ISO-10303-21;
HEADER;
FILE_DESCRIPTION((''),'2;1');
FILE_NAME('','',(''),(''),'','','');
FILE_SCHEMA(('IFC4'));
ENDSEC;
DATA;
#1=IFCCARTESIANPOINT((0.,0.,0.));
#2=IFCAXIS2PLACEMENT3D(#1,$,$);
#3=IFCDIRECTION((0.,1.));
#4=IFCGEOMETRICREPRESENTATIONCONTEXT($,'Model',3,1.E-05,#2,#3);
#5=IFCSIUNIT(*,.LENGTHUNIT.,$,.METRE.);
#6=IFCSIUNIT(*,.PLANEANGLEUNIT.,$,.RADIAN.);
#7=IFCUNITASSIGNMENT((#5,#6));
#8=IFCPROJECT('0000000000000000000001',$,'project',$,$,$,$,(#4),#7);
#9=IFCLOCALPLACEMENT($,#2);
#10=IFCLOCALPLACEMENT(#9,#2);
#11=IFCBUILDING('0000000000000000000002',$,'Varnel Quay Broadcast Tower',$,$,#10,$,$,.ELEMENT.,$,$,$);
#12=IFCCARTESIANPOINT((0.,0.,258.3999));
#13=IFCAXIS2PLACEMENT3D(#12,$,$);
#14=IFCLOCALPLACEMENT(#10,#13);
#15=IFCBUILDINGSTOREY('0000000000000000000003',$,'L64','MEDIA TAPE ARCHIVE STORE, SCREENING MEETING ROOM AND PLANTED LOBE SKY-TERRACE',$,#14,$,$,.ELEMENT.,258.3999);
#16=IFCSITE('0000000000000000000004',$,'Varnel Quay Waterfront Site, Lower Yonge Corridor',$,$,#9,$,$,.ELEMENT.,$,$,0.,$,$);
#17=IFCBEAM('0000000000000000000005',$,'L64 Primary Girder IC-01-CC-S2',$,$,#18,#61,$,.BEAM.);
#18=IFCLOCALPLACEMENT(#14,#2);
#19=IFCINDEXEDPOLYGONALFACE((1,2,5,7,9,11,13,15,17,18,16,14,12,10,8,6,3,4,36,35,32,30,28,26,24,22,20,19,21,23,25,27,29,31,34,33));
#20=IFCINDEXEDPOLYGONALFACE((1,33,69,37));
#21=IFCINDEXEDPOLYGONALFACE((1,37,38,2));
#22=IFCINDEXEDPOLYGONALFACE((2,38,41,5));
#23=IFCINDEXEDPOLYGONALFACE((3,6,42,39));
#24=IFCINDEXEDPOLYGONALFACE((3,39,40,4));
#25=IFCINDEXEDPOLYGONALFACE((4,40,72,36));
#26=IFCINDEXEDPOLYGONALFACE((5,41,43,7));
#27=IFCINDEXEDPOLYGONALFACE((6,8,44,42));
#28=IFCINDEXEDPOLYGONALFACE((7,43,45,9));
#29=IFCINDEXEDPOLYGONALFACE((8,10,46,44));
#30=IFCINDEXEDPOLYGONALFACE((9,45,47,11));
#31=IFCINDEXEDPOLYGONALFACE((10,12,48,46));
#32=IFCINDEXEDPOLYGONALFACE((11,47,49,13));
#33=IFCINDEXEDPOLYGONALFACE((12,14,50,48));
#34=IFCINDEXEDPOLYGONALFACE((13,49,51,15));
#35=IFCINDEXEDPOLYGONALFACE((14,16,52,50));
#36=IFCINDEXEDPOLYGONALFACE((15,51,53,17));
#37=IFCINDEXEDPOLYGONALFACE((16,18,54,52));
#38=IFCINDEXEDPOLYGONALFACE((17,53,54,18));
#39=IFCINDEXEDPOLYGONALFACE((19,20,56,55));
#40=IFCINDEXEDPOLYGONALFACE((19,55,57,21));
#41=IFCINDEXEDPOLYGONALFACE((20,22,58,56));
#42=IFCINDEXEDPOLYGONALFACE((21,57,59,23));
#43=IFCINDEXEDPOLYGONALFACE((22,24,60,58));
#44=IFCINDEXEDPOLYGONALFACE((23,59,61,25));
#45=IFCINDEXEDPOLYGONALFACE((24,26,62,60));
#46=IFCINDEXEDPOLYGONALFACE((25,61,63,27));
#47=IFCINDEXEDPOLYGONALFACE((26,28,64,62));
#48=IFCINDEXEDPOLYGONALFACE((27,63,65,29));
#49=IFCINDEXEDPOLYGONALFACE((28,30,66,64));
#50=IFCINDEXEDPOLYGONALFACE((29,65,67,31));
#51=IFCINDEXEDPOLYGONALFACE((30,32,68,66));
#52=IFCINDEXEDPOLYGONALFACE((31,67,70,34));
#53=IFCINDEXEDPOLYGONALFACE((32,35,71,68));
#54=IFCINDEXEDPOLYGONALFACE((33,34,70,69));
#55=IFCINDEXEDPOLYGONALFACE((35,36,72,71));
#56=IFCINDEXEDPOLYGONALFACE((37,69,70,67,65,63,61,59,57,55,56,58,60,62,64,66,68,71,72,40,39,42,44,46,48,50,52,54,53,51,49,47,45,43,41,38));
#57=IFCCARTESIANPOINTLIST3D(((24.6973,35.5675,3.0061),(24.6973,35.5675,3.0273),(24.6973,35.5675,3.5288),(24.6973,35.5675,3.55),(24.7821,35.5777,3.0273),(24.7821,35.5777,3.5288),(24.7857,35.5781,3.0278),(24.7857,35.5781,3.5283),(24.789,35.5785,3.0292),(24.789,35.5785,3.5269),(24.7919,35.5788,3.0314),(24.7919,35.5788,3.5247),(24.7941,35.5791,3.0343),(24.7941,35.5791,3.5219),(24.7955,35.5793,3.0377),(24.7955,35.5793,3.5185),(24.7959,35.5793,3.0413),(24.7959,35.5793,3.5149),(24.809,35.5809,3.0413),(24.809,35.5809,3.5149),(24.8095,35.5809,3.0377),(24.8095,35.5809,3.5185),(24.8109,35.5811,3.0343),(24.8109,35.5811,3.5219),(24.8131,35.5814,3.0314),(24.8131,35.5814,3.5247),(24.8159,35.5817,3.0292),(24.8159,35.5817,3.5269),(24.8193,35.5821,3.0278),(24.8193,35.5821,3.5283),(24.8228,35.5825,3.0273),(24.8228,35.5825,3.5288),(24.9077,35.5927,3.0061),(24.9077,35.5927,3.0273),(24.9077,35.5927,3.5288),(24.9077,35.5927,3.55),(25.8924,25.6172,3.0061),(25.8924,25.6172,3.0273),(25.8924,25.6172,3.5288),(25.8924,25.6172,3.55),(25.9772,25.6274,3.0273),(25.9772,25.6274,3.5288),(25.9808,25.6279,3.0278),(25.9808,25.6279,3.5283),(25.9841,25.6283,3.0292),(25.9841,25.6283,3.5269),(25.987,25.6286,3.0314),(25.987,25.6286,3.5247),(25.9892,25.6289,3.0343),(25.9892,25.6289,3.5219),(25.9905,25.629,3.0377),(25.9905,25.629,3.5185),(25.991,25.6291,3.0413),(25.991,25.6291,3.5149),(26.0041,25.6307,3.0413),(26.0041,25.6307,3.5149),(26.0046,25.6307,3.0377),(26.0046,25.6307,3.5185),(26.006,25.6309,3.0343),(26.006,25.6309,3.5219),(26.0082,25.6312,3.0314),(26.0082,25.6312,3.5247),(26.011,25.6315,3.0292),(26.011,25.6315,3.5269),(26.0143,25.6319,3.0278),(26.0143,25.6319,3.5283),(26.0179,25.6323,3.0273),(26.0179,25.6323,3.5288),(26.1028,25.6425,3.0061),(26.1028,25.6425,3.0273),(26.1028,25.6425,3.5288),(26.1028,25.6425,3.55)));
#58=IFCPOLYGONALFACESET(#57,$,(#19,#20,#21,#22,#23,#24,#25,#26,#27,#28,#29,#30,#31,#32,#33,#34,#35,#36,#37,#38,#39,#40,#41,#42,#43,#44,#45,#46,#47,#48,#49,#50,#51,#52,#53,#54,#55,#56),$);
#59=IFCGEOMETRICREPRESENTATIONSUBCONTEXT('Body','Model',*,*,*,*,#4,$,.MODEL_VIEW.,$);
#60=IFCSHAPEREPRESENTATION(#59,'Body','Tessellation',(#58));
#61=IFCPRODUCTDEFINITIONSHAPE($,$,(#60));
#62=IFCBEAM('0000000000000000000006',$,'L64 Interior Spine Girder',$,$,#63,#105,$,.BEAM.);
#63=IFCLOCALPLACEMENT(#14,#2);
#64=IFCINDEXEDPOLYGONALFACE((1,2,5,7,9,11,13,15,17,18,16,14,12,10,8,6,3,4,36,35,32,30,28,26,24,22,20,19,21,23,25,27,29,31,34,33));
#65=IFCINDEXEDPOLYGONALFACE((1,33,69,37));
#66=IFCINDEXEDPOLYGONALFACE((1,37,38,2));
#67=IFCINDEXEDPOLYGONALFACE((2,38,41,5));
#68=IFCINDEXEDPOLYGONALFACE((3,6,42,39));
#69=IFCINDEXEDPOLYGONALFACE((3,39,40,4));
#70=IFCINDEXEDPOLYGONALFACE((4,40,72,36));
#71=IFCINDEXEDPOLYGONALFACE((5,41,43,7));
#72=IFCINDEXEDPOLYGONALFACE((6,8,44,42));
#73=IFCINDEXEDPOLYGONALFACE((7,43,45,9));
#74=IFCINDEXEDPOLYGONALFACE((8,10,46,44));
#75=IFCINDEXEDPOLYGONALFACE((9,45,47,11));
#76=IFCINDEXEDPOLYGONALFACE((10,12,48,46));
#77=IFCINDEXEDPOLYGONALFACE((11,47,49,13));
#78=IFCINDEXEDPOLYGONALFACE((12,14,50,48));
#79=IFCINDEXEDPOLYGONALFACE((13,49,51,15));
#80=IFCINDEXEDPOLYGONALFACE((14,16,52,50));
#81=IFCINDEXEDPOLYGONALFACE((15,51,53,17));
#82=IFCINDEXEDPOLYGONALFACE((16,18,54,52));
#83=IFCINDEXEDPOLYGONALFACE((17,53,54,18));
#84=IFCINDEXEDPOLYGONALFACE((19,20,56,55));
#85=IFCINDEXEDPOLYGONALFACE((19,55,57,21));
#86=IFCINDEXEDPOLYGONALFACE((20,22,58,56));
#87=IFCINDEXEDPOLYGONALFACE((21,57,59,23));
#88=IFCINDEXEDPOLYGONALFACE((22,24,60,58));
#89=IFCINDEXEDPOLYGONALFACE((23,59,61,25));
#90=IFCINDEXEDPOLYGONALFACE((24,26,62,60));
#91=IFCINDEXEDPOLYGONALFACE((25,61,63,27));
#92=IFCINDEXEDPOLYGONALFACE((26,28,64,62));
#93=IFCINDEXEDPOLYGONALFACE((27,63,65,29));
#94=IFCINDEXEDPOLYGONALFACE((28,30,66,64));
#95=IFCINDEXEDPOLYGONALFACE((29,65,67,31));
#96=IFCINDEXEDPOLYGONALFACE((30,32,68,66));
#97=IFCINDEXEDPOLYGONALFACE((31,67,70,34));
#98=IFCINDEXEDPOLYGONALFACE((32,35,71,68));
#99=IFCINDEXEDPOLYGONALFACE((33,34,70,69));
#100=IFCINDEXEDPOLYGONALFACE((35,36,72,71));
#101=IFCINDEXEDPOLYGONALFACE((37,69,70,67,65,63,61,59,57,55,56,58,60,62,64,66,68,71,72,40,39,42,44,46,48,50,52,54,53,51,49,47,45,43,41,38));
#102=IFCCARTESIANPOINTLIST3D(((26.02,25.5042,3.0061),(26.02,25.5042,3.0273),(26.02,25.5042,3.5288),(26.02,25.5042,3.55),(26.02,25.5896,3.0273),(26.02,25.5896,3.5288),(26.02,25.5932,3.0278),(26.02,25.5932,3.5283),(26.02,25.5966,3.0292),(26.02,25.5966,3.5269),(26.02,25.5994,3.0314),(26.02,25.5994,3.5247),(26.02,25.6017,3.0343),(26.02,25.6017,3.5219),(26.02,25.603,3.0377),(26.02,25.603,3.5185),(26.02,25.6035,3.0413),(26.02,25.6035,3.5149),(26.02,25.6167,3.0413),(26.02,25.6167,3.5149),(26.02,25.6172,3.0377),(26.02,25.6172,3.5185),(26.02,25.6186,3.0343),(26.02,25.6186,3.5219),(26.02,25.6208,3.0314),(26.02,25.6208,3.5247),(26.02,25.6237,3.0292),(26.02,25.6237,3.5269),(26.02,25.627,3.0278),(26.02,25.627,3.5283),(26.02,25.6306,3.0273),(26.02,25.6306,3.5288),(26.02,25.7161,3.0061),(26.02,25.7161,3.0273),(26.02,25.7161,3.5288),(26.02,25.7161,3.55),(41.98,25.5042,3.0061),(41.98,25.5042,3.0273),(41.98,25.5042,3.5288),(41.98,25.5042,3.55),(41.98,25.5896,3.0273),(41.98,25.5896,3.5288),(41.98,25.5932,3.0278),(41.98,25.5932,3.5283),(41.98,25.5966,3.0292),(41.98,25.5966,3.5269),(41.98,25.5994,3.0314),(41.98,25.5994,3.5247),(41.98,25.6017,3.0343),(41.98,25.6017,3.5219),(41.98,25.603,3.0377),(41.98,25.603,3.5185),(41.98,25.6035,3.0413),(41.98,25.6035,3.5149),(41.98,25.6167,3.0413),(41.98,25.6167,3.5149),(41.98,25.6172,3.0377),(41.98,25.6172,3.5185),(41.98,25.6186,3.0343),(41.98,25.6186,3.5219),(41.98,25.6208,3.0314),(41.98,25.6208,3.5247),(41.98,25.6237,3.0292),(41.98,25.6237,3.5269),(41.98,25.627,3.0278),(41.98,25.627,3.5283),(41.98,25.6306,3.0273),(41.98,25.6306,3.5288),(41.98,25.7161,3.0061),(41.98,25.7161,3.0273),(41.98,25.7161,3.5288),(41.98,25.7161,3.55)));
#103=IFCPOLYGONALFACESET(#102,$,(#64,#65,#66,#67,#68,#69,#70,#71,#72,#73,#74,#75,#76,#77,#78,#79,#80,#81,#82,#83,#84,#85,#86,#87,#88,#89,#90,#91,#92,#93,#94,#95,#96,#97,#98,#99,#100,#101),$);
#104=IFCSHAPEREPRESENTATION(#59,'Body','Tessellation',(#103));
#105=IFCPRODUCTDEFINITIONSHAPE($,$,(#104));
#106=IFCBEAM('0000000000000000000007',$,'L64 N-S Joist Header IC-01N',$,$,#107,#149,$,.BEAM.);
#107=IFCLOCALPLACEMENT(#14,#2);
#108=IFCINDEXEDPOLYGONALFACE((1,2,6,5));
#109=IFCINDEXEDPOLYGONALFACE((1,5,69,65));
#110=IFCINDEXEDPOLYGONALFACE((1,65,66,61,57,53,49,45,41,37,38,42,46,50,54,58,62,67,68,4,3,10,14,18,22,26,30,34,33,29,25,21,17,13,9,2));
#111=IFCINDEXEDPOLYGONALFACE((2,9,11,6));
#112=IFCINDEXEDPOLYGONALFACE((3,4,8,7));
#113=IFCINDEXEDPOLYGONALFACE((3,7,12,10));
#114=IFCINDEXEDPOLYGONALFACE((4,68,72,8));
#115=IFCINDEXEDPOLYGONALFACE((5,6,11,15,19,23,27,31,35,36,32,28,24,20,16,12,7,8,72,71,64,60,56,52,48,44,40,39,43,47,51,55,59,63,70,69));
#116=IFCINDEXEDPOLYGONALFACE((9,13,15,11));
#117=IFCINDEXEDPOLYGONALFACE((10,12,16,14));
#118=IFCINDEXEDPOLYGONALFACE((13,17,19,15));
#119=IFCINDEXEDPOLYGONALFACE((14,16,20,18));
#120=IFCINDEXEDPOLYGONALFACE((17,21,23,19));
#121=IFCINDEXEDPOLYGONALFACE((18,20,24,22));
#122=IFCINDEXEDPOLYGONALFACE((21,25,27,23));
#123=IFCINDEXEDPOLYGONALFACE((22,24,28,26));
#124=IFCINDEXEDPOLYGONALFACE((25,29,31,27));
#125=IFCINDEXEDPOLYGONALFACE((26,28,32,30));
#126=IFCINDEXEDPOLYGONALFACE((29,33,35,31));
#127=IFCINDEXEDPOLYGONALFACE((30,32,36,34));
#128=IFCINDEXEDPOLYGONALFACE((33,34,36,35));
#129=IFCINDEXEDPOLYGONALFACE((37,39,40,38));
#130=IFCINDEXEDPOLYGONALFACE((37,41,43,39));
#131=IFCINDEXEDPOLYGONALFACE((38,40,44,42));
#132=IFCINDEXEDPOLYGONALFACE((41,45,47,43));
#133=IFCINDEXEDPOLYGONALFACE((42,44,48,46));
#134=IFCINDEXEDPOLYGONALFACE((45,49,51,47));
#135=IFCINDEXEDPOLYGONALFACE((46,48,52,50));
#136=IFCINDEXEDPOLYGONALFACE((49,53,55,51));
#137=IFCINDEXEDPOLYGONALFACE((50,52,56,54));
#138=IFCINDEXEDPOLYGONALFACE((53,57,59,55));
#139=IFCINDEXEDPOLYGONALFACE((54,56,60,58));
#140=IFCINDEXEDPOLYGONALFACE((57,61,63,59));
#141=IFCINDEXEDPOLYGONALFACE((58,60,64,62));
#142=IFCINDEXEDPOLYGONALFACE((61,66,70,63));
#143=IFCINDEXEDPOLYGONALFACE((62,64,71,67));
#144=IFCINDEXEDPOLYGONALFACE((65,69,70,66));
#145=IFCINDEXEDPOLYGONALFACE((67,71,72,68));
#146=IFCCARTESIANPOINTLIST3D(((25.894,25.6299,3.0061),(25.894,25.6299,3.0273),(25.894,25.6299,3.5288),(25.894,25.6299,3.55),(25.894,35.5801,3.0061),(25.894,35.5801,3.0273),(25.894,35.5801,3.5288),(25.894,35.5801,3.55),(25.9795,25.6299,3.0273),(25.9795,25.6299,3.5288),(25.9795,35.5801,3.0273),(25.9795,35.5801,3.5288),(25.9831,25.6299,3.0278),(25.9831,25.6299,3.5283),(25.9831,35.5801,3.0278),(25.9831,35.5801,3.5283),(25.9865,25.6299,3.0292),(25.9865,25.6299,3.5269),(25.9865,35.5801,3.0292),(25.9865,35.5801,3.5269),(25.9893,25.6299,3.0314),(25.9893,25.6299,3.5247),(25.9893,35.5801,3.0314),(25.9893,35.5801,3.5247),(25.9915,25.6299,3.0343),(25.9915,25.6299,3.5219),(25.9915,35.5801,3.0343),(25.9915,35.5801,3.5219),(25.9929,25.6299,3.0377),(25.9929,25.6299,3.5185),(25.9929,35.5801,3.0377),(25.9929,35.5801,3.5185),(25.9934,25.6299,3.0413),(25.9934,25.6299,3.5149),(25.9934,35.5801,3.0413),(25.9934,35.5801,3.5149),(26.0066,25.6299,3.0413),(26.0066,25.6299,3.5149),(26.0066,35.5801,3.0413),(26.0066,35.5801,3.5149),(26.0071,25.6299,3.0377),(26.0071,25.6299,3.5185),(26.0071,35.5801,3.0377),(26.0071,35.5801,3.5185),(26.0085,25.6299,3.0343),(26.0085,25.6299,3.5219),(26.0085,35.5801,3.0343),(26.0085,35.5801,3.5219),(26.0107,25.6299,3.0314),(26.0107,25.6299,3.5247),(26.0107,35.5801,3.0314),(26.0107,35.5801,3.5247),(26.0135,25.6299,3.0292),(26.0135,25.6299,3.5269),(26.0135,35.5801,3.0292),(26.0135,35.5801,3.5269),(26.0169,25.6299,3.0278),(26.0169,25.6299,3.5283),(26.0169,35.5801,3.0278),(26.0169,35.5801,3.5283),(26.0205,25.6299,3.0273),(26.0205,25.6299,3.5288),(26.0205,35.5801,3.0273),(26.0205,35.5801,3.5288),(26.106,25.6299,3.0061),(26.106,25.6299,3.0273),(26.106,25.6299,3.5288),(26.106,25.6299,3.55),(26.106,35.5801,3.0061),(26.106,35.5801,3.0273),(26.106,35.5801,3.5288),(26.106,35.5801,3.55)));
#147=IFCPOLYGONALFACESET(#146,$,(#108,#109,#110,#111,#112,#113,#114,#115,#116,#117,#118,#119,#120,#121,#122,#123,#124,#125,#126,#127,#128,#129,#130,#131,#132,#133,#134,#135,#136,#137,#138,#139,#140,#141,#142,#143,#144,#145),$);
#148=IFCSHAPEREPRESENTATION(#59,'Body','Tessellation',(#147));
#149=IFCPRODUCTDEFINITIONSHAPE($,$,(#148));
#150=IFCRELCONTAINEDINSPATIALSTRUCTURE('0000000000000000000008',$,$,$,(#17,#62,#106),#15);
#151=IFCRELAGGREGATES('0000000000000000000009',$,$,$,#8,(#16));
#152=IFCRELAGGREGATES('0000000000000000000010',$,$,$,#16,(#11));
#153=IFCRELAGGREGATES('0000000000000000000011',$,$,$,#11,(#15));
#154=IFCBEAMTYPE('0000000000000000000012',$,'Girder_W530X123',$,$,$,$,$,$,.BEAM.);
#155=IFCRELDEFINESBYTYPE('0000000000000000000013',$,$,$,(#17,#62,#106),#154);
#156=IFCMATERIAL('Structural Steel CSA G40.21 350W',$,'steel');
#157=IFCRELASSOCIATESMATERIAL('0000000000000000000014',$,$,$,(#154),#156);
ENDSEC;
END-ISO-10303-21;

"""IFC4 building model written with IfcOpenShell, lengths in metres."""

from ifc_helpers import new_model, si_unit, direction, frame, origin, origin_2d, place, context, subcontext, project, spatial, i_section, extrude, source, transform, mapped, material, material_profile, profile_set, type_object, type_shapes, element, save


model = new_model("IFC4")

# Units and contexts
model_context = context("Model", 3, precision=1e-05, world=origin(), true_north=direction((0.0, 1.0)))
body_context = subcontext(model_context, "Body", "Model", "MODEL_VIEW")
ifc_project = project(units=[si_unit("LENGTHUNIT", "METRE"), si_unit("PLANEANGLEUNIT", "RADIAN")], contexts=[model_context])

# Site, building, storey
site_placement = place(None, origin())
site = spatial("IfcSite", under=ifc_project, at=site_placement, Name="Varnel Quay Waterfront Site, Lower Yonge Corridor", CompositionType="ELEMENT", RefElevation=0.0)
building_placement = place(site_placement, origin())
building = spatial("IfcBuilding", under=site, at=building_placement, Name="Varnel Quay Broadcast Tower", CompositionType="ELEMENT")
storey_placement = place(building_placement, frame((0.0, 0.0, 258.3999)))
storey = spatial("IfcBuildingStorey", under=building, at=storey_placement, Name="L64", Description="MEDIA TAPE ARCHIVE STORE, SCREENING MEETING ROOM AND PLANTED LOBE SKY-TERRACE", CompositionType="ELEMENT", Elevation=258.3999)

# Shared definitions
ifc_material_1 = material(Name="Structural Steel CSA G40.21 350W", Category="steel")

# Beams
ifc_material_profile_1 = material_profile(ifc_material_1, i_section(OverallWidth=0.2119, OverallDepth=0.5439, WebThickness=0.0132, FlangeThickness=0.0212, FilletRadius=0.0139, at=origin_2d()), Name="W530X123")
ifc_profile_set_1 = profile_set([ifc_material_profile_1], Name="Structural Steel CSA G40.21 350W")
beam_type_1 = type_object("IfcBeamType", Name="Girder_W530X123", PredefinedType="BEAM", material=ifc_profile_set_1)
shared_shape_1 = source(origin(), body_context, "Body", "SweptSolid", [
    extrude(i_section(OverallWidth=0.2119, OverallDepth=0.5439, WebThickness=0.0132, FlangeThickness=0.0212, FilletRadius=0.0139, at=origin_2d()), origin(), (0.0, 0.0, 1.0), 10.0217),
])
beam_1_placement = place(storey_placement, frame((25.9976, 25.6299, 3.2781), z_axis=(-0.119248, 0.992864, 0.0), x_axis=(-0.992864, -0.119248, 0.0)))
element("IfcBeam", 1, at=beam_1_placement, inside=storey, type_object=beam_type_1, Name="L64 Primary Girder IC-01-CC-S2", PredefinedType="BEAM", context=body_context, shape_type="MappedRepresentation", body=[
    mapped(shared_shape_1, transform((0.0, 0.0, 0.0), x_axis=(1.0, 0.0, 0.0), y_axis=(0.0, 1.0, 0.0), z_axis=(0.0, 0.0, 1.0), scale=1.0)),
])
shared_shape_2 = source(origin(), body_context, "Body", "SweptSolid", [
    extrude(i_section(OverallWidth=0.2119, OverallDepth=0.5439, WebThickness=0.0132, FlangeThickness=0.0212, FilletRadius=0.0139, at=origin_2d()), origin(), (0.0, 0.0, 1.0), 15.96),
])
beam_2_placement = place(storey_placement, frame((26.02, 25.6101, 3.2781), z_axis=(1.0, 0.0, 0.0), x_axis=(0.0, 1.0, 0.0)))
element("IfcBeam", 2, at=beam_2_placement, inside=storey, type_object=beam_type_1, Name="L64 Interior Spine Girder", PredefinedType="BEAM", context=body_context, shape_type="MappedRepresentation", body=[
    mapped(shared_shape_2, transform((0.0, 0.0, 0.0), x_axis=(1.0, 0.0, 0.0), y_axis=(0.0, 1.0, 0.0), z_axis=(0.0, 0.0, 1.0), scale=1.0)),
])
shared_shape_3 = source(origin(), body_context, "Body", "SweptSolid", [
    extrude(i_section(OverallWidth=0.2119, OverallDepth=0.5439, WebThickness=0.0132, FlangeThickness=0.0212, FilletRadius=0.0139, at=origin_2d()), origin(), (0.0, 0.0, 1.0), 9.9502),
])
type_shapes(beam_type_1, [shared_shape_1, shared_shape_2, shared_shape_3])
beam_3_placement = place(storey_placement, frame((26.0, 25.6299, 3.2781), z_axis=(0.0, 1.0, 0.0), x_axis=(-1.0, 0.0, 0.0)))
element("IfcBeam", 3, at=beam_3_placement, inside=storey, type_object=beam_type_1, Name="L64 N-S Joist Header IC-01N", PredefinedType="BEAM", context=body_context, shape_type="MappedRepresentation", body=[
    mapped(shared_shape_3, transform((0.0, 0.0, 0.0), x_axis=(1.0, 0.0, 0.0), y_axis=(0.0, 1.0, 0.0), z_axis=(0.0, 0.0, 1.0), scale=1.0)),
])

save(model, "model.ifc")
